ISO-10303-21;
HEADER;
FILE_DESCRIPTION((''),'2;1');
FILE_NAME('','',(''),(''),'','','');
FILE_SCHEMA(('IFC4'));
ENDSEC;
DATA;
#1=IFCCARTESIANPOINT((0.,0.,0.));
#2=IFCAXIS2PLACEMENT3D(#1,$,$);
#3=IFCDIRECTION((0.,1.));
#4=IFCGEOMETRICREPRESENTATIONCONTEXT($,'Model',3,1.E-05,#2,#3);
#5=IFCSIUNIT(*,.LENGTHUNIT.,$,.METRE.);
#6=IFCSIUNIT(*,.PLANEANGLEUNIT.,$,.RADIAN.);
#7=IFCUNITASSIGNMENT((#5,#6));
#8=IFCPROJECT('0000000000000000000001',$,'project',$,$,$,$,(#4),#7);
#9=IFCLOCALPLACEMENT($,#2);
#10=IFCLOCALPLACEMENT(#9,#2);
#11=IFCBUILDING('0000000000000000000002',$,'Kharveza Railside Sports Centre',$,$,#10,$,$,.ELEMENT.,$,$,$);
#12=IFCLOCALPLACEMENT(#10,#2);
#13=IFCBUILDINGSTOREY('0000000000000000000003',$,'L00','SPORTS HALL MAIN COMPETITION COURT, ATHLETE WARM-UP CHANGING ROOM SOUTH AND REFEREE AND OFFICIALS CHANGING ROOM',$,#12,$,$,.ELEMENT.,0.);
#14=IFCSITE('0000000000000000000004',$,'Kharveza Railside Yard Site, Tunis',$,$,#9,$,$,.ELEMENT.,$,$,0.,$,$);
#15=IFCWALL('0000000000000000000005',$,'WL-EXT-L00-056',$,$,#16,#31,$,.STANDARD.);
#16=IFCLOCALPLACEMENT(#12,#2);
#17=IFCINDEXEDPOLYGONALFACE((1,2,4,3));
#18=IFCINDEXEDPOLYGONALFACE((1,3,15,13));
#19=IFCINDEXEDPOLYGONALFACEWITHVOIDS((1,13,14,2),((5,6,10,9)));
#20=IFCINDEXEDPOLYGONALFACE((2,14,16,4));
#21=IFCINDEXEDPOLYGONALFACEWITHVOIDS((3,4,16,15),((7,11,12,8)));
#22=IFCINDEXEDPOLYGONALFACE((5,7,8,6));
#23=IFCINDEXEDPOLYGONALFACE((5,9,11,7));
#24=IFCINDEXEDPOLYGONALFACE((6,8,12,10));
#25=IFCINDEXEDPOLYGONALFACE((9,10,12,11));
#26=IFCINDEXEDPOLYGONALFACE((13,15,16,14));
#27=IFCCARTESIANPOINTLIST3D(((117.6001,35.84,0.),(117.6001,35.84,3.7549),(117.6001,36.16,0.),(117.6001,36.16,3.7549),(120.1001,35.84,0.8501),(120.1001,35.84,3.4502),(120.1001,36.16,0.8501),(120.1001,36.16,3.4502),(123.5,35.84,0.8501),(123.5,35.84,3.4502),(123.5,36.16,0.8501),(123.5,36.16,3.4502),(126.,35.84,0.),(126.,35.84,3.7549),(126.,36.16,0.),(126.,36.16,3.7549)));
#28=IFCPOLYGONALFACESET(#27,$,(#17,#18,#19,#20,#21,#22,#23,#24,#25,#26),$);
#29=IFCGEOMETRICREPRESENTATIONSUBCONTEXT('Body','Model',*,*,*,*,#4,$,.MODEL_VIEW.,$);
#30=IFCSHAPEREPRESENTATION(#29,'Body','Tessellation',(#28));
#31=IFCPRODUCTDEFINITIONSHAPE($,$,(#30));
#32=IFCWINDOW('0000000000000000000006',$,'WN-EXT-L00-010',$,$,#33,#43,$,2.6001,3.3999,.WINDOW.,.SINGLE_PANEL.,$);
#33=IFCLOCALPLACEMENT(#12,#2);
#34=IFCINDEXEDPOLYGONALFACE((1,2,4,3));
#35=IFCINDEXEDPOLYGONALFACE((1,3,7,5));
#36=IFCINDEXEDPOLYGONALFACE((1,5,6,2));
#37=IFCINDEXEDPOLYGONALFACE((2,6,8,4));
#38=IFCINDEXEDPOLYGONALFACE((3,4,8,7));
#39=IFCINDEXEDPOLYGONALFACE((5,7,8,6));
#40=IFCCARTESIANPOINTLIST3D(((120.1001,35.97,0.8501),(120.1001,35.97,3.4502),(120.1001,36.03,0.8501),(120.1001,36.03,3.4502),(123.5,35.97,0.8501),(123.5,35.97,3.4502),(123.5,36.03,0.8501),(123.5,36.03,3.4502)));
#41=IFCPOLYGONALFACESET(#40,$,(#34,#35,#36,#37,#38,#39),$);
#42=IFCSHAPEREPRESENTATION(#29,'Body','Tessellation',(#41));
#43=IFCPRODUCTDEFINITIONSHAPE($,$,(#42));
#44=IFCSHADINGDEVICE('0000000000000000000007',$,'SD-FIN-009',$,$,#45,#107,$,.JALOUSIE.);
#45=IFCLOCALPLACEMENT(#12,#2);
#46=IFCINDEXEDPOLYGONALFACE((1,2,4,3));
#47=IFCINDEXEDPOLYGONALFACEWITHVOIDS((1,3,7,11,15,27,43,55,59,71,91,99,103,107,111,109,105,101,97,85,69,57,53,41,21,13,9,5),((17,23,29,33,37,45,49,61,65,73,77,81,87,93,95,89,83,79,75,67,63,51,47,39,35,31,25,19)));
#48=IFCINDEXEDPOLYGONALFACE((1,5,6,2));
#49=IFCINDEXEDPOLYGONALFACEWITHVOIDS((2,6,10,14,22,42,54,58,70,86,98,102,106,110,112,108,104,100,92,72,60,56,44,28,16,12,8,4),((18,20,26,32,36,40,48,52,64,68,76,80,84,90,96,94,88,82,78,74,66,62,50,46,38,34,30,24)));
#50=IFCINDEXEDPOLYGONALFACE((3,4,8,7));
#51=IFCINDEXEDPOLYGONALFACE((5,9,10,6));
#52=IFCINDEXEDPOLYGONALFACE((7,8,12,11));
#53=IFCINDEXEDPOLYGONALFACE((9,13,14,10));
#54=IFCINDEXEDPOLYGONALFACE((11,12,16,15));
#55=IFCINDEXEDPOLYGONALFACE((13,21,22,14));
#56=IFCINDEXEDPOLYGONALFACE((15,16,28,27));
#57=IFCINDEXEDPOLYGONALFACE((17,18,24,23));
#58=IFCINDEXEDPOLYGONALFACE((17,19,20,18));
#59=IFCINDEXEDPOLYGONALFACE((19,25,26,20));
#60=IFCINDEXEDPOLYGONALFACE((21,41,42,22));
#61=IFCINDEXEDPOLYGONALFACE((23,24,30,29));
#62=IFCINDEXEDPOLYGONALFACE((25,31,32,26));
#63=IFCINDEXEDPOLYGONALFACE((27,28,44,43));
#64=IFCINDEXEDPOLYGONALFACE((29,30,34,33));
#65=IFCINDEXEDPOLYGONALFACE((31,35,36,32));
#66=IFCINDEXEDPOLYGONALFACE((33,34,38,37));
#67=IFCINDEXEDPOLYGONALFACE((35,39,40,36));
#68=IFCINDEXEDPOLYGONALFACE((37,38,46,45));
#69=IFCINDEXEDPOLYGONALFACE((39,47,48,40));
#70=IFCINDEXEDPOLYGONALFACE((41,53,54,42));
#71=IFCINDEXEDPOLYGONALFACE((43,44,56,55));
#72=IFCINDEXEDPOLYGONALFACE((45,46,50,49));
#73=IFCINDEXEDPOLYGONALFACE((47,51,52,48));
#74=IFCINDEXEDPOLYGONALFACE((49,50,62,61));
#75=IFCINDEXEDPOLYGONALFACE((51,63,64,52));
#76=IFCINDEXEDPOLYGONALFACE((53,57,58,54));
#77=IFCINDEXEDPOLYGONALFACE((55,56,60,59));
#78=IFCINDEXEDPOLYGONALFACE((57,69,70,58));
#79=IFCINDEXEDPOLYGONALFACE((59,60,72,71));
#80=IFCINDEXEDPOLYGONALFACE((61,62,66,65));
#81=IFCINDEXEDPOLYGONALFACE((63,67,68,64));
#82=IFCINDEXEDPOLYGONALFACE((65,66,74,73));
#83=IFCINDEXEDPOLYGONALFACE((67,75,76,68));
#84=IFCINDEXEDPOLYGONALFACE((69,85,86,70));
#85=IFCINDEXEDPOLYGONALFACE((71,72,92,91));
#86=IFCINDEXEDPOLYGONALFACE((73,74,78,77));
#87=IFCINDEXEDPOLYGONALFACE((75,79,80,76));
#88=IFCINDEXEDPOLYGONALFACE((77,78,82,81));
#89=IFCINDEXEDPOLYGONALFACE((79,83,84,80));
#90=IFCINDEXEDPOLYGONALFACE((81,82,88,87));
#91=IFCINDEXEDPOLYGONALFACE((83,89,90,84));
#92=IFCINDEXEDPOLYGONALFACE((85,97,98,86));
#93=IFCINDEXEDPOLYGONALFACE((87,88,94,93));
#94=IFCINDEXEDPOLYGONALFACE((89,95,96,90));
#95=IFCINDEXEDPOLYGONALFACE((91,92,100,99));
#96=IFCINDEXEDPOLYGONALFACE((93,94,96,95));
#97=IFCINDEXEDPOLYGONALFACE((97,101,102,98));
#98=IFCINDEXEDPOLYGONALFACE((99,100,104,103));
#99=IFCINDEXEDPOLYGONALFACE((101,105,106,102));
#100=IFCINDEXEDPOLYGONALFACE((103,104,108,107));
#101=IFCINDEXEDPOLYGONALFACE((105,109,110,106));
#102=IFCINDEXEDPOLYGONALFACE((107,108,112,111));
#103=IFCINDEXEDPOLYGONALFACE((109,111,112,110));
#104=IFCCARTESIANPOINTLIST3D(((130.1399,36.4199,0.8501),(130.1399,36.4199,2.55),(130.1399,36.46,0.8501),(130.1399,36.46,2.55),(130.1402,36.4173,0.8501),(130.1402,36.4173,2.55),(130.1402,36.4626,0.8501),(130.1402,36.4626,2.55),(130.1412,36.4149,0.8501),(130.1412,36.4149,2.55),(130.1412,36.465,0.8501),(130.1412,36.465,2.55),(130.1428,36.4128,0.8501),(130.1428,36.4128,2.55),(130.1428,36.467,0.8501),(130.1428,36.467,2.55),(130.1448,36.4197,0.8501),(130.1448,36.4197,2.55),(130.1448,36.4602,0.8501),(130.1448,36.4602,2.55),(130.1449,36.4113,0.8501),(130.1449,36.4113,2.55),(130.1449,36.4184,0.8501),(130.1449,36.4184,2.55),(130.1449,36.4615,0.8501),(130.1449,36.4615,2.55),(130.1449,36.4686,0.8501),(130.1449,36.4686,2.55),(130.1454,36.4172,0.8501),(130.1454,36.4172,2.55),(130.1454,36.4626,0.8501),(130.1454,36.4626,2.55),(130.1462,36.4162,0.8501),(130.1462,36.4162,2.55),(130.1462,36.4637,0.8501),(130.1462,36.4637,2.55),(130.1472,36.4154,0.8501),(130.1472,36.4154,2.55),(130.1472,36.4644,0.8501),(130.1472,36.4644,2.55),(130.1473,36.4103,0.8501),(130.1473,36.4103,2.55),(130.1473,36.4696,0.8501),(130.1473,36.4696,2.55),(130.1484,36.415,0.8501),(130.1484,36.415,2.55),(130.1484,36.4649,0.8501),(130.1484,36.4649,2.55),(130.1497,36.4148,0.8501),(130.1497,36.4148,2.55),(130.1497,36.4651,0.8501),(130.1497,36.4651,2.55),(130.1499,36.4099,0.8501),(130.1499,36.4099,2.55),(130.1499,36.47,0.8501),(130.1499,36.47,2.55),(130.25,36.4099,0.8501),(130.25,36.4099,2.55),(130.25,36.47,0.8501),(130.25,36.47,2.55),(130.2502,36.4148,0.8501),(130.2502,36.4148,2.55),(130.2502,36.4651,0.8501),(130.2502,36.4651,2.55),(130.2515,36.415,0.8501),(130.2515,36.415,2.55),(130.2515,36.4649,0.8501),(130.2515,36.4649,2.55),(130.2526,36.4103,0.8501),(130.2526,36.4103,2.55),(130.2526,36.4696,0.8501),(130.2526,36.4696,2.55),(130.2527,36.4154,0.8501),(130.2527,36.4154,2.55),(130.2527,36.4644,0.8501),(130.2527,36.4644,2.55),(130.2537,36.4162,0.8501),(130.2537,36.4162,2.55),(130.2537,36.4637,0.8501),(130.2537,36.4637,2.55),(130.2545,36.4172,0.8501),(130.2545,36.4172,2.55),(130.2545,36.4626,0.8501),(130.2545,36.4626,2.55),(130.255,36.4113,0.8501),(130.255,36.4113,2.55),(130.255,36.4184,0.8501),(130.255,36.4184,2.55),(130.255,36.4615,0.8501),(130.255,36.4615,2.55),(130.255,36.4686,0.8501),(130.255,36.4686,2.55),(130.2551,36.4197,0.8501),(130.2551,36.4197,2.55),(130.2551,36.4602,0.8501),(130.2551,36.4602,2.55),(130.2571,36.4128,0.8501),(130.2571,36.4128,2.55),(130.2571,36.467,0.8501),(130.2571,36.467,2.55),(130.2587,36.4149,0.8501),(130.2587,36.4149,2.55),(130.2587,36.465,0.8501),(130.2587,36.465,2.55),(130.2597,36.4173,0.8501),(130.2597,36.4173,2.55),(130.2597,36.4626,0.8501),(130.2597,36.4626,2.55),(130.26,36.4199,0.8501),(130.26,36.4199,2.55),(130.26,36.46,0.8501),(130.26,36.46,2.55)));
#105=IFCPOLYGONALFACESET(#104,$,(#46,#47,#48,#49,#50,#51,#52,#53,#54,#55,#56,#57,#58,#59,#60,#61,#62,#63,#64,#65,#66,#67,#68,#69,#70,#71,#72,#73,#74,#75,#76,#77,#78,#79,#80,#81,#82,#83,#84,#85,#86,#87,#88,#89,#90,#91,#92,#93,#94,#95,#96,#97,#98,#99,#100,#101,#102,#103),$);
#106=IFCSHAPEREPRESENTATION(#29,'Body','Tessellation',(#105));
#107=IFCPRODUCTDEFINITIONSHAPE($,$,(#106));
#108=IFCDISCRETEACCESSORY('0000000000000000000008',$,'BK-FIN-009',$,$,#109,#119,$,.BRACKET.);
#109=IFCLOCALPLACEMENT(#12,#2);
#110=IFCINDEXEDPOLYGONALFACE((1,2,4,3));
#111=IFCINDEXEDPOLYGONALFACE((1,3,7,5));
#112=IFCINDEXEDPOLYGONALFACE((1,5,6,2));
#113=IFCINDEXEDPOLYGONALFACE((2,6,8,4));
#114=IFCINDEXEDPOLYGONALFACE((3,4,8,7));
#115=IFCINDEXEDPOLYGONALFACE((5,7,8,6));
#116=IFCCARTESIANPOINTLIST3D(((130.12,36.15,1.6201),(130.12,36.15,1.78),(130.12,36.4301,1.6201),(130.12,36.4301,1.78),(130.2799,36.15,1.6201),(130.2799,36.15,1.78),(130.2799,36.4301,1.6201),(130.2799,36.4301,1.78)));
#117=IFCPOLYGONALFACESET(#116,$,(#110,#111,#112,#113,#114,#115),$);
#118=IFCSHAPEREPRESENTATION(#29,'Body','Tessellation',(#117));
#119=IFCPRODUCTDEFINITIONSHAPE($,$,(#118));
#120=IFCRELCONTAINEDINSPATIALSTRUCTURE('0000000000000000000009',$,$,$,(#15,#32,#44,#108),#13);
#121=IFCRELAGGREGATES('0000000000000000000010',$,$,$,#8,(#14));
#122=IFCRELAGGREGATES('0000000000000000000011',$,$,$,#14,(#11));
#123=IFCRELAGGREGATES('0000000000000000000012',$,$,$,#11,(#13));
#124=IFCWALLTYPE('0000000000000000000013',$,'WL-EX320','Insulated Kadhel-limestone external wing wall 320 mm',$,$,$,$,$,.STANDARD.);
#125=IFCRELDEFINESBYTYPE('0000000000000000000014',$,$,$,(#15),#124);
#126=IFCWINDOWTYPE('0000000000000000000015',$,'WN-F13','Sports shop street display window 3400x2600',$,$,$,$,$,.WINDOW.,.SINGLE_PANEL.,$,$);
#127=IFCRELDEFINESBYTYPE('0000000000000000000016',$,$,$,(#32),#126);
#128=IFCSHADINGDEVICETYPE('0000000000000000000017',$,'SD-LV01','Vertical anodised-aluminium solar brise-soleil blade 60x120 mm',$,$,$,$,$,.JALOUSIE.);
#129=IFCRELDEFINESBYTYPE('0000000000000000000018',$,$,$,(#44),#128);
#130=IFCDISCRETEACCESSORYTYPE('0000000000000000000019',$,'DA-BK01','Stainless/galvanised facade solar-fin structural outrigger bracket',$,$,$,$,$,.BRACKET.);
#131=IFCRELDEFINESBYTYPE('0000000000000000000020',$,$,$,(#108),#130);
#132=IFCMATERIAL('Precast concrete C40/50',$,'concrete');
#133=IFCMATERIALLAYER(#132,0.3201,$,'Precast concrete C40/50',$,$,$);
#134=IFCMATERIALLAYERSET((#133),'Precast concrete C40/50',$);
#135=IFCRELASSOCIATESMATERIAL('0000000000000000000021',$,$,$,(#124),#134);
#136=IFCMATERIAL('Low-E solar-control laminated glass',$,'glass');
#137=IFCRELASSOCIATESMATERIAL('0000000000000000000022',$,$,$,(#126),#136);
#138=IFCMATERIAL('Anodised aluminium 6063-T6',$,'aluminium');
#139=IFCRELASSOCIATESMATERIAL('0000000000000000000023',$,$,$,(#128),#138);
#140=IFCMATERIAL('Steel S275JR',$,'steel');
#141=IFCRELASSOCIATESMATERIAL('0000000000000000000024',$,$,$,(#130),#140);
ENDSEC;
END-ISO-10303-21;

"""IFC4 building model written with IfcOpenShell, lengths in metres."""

from ifc_helpers import new_model, si_unit, direction, frame, frame_2d, origin, origin_2d, place, context, subcontext, project, spatial, rectangle, hollow_rectangle, extrude, material, layer, layer_set, material_profile, profile_set, type_object, element, fill, save


model = new_model("IFC4")

# Units and contexts
model_context = context("Model", 3, precision=1e-05, world=origin(), true_north=direction((0.0, 1.0)))
body_context = subcontext(model_context, "Body", "Model", "MODEL_VIEW")
ifc_project = project(units=[si_unit("LENGTHUNIT", "METRE"), si_unit("PLANEANGLEUNIT", "RADIAN")], contexts=[model_context])

# Site, building, storey
site_placement = place(None, origin())
site = spatial("IfcSite", under=ifc_project, at=site_placement, Name="Kharveza Railside Yard Site, Tunis", CompositionType="ELEMENT", RefElevation=0.0)
building_placement = place(site_placement, origin())
building = spatial("IfcBuilding", under=site, at=building_placement, Name="Kharveza Railside Sports Centre", CompositionType="ELEMENT")
storey_placement = place(building_placement, origin())
storey = spatial("IfcBuildingStorey", under=building, at=storey_placement, Name="L00", Description="SPORTS HALL MAIN COMPETITION COURT, ATHLETE WARM-UP CHANGING ROOM SOUTH AND REFEREE AND OFFICIALS CHANGING ROOM", CompositionType="ELEMENT", Elevation=0.0)

# Wall, opening, window
ifc_material_1 = material(Name="Precast concrete C40/50", Category="concrete")
ifc_layer = layer(ifc_material_1, 0.3201, Name="Precast concrete C40/50")
ifc_layer_set = layer_set([ifc_layer], Name="Precast concrete C40/50")
wall_type = type_object("IfcWallType", Name="WL-EX320", Description="Insulated Kadhel-limestone external wing wall 320 mm", PredefinedType="STANDARD", material=ifc_layer_set)
wall_placement = place(storey_placement, frame((126.0, 36.0, 0.0), z_axis=(0.0, 0.0, 1.0), x_axis=(-1.0, 0.0, 0.0)))
wall = element("IfcWall", 1, at=wall_placement, inside=storey, type_object=wall_type, Name="WL-EXT-L00-056", PredefinedType="STANDARD", context=body_context, shape_type="SweptSolid", body=[
    extrude(rectangle(XDim=8.3999, YDim=0.3201, at=frame_2d((4.2, 0.0))), origin(), (0.0, 0.0, 1.0), 3.7549),
])
opening_placement = place(wall_placement, frame((2.5, 0.0, 0.8501)))
opening = element("IfcOpeningElement", 2, at=opening_placement, cuts=wall, PredefinedType="OPENING", context=body_context, shape_type="SweptSolid", body=[
    extrude(rectangle(XDim=3.3999, YDim=2.6001, at=frame_2d((1.7, 1.3))), frame((0.0, 0.1851, 0.0), z_axis=(0.0, -1.0, 0.0), x_axis=(1.0, 0.0, 0.0)), (0.0, 0.0, 1.0), 0.3699),
])
ifc_material_2 = material(Name="Low-E solar-control laminated glass", Category="glass")
window_type = type_object("IfcWindowType", Name="WN-F13", Description="Sports shop street display window 3400x2600", PartitioningType="SINGLE_PANEL", PredefinedType="WINDOW", material=ifc_material_2)
window_placement = place(opening_placement, origin())
window = element("IfcWindow", 3, at=window_placement, inside=storey, type_object=window_type, Name="WN-EXT-L00-010", OverallHeight=2.6001, OverallWidth=3.3999, PartitioningType="SINGLE_PANEL", PredefinedType="WINDOW", context=body_context, shape_type="SweptSolid", body=[
    extrude(rectangle(XDim=3.3999, YDim=2.6001, at=frame_2d((1.7, 1.3))), frame((0.0, 0.03, 0.0), z_axis=(0.0, -1.0, 0.0), x_axis=(1.0, 0.0, 0.0)), (0.0, 0.0, 1.0), 0.0601),
])
fill(opening, window)

# Shading device
ifc_material_3 = material(Name="Anodised aluminium 6063-T6", Category="aluminium")
ifc_material_profile_1 = material_profile(ifc_material_3, hollow_rectangle(XDim=0.0601, YDim=0.1201, WallThickness=0.0049, InnerFilletRadius=0.0049, OuterFilletRadius=0.01, at=origin_2d()), Name="RHS 60x120x5.0")
ifc_profile_set_1 = profile_set([ifc_material_profile_1], Name="Anodised aluminium 6063-T6")
shading_device_type = type_object("IfcShadingDeviceType", Name="SD-LV01", Description="Vertical anodised-aluminium solar brise-soleil blade 60x120 mm", PredefinedType="JALOUSIE", material=ifc_profile_set_1)
shading_device_placement = place(storey_placement, frame((130.2, 36.4399, 0.8501), z_axis=(0.0, 0.0, 1.0), x_axis=(0.0, 1.0, 0.0)))
element("IfcShadingDevice", 4, at=shading_device_placement, inside=storey, type_object=shading_device_type, Name="SD-FIN-009", PredefinedType="JALOUSIE", context=body_context, shape_type="SweptSolid", body=[
    extrude(hollow_rectangle(XDim=0.0601, YDim=0.1201, WallThickness=0.0049, InnerFilletRadius=0.0049, OuterFilletRadius=0.01, at=origin_2d()), origin(), (0.0, 0.0, 1.0), 1.7),
])

# Discrete accessory
ifc_material_4 = material(Name="Steel S275JR", Category="steel")
discrete_accessory_type = type_object("IfcDiscreteAccessoryType", Name="DA-BK01", Description="Stainless/galvanised facade solar-fin structural outrigger bracket", PredefinedType="BRACKET", material=ifc_material_4)
discrete_accessory_placement = place(storey_placement, frame((130.2, 36.29, 1.6201), z_axis=(0.0, 0.0, 1.0), x_axis=(0.0, 1.0, 0.0)))
element("IfcDiscreteAccessory", 5, at=discrete_accessory_placement, inside=storey, type_object=discrete_accessory_type, Name="BK-FIN-009", PredefinedType="BRACKET", context=body_context, shape_type="SweptSolid", body=[
    extrude(rectangle(XDim=0.28, YDim=0.1599, at=origin_2d()), origin(), (0.0, 0.0, 1.0), 0.1599),
])

save(model, "model.ifc")
